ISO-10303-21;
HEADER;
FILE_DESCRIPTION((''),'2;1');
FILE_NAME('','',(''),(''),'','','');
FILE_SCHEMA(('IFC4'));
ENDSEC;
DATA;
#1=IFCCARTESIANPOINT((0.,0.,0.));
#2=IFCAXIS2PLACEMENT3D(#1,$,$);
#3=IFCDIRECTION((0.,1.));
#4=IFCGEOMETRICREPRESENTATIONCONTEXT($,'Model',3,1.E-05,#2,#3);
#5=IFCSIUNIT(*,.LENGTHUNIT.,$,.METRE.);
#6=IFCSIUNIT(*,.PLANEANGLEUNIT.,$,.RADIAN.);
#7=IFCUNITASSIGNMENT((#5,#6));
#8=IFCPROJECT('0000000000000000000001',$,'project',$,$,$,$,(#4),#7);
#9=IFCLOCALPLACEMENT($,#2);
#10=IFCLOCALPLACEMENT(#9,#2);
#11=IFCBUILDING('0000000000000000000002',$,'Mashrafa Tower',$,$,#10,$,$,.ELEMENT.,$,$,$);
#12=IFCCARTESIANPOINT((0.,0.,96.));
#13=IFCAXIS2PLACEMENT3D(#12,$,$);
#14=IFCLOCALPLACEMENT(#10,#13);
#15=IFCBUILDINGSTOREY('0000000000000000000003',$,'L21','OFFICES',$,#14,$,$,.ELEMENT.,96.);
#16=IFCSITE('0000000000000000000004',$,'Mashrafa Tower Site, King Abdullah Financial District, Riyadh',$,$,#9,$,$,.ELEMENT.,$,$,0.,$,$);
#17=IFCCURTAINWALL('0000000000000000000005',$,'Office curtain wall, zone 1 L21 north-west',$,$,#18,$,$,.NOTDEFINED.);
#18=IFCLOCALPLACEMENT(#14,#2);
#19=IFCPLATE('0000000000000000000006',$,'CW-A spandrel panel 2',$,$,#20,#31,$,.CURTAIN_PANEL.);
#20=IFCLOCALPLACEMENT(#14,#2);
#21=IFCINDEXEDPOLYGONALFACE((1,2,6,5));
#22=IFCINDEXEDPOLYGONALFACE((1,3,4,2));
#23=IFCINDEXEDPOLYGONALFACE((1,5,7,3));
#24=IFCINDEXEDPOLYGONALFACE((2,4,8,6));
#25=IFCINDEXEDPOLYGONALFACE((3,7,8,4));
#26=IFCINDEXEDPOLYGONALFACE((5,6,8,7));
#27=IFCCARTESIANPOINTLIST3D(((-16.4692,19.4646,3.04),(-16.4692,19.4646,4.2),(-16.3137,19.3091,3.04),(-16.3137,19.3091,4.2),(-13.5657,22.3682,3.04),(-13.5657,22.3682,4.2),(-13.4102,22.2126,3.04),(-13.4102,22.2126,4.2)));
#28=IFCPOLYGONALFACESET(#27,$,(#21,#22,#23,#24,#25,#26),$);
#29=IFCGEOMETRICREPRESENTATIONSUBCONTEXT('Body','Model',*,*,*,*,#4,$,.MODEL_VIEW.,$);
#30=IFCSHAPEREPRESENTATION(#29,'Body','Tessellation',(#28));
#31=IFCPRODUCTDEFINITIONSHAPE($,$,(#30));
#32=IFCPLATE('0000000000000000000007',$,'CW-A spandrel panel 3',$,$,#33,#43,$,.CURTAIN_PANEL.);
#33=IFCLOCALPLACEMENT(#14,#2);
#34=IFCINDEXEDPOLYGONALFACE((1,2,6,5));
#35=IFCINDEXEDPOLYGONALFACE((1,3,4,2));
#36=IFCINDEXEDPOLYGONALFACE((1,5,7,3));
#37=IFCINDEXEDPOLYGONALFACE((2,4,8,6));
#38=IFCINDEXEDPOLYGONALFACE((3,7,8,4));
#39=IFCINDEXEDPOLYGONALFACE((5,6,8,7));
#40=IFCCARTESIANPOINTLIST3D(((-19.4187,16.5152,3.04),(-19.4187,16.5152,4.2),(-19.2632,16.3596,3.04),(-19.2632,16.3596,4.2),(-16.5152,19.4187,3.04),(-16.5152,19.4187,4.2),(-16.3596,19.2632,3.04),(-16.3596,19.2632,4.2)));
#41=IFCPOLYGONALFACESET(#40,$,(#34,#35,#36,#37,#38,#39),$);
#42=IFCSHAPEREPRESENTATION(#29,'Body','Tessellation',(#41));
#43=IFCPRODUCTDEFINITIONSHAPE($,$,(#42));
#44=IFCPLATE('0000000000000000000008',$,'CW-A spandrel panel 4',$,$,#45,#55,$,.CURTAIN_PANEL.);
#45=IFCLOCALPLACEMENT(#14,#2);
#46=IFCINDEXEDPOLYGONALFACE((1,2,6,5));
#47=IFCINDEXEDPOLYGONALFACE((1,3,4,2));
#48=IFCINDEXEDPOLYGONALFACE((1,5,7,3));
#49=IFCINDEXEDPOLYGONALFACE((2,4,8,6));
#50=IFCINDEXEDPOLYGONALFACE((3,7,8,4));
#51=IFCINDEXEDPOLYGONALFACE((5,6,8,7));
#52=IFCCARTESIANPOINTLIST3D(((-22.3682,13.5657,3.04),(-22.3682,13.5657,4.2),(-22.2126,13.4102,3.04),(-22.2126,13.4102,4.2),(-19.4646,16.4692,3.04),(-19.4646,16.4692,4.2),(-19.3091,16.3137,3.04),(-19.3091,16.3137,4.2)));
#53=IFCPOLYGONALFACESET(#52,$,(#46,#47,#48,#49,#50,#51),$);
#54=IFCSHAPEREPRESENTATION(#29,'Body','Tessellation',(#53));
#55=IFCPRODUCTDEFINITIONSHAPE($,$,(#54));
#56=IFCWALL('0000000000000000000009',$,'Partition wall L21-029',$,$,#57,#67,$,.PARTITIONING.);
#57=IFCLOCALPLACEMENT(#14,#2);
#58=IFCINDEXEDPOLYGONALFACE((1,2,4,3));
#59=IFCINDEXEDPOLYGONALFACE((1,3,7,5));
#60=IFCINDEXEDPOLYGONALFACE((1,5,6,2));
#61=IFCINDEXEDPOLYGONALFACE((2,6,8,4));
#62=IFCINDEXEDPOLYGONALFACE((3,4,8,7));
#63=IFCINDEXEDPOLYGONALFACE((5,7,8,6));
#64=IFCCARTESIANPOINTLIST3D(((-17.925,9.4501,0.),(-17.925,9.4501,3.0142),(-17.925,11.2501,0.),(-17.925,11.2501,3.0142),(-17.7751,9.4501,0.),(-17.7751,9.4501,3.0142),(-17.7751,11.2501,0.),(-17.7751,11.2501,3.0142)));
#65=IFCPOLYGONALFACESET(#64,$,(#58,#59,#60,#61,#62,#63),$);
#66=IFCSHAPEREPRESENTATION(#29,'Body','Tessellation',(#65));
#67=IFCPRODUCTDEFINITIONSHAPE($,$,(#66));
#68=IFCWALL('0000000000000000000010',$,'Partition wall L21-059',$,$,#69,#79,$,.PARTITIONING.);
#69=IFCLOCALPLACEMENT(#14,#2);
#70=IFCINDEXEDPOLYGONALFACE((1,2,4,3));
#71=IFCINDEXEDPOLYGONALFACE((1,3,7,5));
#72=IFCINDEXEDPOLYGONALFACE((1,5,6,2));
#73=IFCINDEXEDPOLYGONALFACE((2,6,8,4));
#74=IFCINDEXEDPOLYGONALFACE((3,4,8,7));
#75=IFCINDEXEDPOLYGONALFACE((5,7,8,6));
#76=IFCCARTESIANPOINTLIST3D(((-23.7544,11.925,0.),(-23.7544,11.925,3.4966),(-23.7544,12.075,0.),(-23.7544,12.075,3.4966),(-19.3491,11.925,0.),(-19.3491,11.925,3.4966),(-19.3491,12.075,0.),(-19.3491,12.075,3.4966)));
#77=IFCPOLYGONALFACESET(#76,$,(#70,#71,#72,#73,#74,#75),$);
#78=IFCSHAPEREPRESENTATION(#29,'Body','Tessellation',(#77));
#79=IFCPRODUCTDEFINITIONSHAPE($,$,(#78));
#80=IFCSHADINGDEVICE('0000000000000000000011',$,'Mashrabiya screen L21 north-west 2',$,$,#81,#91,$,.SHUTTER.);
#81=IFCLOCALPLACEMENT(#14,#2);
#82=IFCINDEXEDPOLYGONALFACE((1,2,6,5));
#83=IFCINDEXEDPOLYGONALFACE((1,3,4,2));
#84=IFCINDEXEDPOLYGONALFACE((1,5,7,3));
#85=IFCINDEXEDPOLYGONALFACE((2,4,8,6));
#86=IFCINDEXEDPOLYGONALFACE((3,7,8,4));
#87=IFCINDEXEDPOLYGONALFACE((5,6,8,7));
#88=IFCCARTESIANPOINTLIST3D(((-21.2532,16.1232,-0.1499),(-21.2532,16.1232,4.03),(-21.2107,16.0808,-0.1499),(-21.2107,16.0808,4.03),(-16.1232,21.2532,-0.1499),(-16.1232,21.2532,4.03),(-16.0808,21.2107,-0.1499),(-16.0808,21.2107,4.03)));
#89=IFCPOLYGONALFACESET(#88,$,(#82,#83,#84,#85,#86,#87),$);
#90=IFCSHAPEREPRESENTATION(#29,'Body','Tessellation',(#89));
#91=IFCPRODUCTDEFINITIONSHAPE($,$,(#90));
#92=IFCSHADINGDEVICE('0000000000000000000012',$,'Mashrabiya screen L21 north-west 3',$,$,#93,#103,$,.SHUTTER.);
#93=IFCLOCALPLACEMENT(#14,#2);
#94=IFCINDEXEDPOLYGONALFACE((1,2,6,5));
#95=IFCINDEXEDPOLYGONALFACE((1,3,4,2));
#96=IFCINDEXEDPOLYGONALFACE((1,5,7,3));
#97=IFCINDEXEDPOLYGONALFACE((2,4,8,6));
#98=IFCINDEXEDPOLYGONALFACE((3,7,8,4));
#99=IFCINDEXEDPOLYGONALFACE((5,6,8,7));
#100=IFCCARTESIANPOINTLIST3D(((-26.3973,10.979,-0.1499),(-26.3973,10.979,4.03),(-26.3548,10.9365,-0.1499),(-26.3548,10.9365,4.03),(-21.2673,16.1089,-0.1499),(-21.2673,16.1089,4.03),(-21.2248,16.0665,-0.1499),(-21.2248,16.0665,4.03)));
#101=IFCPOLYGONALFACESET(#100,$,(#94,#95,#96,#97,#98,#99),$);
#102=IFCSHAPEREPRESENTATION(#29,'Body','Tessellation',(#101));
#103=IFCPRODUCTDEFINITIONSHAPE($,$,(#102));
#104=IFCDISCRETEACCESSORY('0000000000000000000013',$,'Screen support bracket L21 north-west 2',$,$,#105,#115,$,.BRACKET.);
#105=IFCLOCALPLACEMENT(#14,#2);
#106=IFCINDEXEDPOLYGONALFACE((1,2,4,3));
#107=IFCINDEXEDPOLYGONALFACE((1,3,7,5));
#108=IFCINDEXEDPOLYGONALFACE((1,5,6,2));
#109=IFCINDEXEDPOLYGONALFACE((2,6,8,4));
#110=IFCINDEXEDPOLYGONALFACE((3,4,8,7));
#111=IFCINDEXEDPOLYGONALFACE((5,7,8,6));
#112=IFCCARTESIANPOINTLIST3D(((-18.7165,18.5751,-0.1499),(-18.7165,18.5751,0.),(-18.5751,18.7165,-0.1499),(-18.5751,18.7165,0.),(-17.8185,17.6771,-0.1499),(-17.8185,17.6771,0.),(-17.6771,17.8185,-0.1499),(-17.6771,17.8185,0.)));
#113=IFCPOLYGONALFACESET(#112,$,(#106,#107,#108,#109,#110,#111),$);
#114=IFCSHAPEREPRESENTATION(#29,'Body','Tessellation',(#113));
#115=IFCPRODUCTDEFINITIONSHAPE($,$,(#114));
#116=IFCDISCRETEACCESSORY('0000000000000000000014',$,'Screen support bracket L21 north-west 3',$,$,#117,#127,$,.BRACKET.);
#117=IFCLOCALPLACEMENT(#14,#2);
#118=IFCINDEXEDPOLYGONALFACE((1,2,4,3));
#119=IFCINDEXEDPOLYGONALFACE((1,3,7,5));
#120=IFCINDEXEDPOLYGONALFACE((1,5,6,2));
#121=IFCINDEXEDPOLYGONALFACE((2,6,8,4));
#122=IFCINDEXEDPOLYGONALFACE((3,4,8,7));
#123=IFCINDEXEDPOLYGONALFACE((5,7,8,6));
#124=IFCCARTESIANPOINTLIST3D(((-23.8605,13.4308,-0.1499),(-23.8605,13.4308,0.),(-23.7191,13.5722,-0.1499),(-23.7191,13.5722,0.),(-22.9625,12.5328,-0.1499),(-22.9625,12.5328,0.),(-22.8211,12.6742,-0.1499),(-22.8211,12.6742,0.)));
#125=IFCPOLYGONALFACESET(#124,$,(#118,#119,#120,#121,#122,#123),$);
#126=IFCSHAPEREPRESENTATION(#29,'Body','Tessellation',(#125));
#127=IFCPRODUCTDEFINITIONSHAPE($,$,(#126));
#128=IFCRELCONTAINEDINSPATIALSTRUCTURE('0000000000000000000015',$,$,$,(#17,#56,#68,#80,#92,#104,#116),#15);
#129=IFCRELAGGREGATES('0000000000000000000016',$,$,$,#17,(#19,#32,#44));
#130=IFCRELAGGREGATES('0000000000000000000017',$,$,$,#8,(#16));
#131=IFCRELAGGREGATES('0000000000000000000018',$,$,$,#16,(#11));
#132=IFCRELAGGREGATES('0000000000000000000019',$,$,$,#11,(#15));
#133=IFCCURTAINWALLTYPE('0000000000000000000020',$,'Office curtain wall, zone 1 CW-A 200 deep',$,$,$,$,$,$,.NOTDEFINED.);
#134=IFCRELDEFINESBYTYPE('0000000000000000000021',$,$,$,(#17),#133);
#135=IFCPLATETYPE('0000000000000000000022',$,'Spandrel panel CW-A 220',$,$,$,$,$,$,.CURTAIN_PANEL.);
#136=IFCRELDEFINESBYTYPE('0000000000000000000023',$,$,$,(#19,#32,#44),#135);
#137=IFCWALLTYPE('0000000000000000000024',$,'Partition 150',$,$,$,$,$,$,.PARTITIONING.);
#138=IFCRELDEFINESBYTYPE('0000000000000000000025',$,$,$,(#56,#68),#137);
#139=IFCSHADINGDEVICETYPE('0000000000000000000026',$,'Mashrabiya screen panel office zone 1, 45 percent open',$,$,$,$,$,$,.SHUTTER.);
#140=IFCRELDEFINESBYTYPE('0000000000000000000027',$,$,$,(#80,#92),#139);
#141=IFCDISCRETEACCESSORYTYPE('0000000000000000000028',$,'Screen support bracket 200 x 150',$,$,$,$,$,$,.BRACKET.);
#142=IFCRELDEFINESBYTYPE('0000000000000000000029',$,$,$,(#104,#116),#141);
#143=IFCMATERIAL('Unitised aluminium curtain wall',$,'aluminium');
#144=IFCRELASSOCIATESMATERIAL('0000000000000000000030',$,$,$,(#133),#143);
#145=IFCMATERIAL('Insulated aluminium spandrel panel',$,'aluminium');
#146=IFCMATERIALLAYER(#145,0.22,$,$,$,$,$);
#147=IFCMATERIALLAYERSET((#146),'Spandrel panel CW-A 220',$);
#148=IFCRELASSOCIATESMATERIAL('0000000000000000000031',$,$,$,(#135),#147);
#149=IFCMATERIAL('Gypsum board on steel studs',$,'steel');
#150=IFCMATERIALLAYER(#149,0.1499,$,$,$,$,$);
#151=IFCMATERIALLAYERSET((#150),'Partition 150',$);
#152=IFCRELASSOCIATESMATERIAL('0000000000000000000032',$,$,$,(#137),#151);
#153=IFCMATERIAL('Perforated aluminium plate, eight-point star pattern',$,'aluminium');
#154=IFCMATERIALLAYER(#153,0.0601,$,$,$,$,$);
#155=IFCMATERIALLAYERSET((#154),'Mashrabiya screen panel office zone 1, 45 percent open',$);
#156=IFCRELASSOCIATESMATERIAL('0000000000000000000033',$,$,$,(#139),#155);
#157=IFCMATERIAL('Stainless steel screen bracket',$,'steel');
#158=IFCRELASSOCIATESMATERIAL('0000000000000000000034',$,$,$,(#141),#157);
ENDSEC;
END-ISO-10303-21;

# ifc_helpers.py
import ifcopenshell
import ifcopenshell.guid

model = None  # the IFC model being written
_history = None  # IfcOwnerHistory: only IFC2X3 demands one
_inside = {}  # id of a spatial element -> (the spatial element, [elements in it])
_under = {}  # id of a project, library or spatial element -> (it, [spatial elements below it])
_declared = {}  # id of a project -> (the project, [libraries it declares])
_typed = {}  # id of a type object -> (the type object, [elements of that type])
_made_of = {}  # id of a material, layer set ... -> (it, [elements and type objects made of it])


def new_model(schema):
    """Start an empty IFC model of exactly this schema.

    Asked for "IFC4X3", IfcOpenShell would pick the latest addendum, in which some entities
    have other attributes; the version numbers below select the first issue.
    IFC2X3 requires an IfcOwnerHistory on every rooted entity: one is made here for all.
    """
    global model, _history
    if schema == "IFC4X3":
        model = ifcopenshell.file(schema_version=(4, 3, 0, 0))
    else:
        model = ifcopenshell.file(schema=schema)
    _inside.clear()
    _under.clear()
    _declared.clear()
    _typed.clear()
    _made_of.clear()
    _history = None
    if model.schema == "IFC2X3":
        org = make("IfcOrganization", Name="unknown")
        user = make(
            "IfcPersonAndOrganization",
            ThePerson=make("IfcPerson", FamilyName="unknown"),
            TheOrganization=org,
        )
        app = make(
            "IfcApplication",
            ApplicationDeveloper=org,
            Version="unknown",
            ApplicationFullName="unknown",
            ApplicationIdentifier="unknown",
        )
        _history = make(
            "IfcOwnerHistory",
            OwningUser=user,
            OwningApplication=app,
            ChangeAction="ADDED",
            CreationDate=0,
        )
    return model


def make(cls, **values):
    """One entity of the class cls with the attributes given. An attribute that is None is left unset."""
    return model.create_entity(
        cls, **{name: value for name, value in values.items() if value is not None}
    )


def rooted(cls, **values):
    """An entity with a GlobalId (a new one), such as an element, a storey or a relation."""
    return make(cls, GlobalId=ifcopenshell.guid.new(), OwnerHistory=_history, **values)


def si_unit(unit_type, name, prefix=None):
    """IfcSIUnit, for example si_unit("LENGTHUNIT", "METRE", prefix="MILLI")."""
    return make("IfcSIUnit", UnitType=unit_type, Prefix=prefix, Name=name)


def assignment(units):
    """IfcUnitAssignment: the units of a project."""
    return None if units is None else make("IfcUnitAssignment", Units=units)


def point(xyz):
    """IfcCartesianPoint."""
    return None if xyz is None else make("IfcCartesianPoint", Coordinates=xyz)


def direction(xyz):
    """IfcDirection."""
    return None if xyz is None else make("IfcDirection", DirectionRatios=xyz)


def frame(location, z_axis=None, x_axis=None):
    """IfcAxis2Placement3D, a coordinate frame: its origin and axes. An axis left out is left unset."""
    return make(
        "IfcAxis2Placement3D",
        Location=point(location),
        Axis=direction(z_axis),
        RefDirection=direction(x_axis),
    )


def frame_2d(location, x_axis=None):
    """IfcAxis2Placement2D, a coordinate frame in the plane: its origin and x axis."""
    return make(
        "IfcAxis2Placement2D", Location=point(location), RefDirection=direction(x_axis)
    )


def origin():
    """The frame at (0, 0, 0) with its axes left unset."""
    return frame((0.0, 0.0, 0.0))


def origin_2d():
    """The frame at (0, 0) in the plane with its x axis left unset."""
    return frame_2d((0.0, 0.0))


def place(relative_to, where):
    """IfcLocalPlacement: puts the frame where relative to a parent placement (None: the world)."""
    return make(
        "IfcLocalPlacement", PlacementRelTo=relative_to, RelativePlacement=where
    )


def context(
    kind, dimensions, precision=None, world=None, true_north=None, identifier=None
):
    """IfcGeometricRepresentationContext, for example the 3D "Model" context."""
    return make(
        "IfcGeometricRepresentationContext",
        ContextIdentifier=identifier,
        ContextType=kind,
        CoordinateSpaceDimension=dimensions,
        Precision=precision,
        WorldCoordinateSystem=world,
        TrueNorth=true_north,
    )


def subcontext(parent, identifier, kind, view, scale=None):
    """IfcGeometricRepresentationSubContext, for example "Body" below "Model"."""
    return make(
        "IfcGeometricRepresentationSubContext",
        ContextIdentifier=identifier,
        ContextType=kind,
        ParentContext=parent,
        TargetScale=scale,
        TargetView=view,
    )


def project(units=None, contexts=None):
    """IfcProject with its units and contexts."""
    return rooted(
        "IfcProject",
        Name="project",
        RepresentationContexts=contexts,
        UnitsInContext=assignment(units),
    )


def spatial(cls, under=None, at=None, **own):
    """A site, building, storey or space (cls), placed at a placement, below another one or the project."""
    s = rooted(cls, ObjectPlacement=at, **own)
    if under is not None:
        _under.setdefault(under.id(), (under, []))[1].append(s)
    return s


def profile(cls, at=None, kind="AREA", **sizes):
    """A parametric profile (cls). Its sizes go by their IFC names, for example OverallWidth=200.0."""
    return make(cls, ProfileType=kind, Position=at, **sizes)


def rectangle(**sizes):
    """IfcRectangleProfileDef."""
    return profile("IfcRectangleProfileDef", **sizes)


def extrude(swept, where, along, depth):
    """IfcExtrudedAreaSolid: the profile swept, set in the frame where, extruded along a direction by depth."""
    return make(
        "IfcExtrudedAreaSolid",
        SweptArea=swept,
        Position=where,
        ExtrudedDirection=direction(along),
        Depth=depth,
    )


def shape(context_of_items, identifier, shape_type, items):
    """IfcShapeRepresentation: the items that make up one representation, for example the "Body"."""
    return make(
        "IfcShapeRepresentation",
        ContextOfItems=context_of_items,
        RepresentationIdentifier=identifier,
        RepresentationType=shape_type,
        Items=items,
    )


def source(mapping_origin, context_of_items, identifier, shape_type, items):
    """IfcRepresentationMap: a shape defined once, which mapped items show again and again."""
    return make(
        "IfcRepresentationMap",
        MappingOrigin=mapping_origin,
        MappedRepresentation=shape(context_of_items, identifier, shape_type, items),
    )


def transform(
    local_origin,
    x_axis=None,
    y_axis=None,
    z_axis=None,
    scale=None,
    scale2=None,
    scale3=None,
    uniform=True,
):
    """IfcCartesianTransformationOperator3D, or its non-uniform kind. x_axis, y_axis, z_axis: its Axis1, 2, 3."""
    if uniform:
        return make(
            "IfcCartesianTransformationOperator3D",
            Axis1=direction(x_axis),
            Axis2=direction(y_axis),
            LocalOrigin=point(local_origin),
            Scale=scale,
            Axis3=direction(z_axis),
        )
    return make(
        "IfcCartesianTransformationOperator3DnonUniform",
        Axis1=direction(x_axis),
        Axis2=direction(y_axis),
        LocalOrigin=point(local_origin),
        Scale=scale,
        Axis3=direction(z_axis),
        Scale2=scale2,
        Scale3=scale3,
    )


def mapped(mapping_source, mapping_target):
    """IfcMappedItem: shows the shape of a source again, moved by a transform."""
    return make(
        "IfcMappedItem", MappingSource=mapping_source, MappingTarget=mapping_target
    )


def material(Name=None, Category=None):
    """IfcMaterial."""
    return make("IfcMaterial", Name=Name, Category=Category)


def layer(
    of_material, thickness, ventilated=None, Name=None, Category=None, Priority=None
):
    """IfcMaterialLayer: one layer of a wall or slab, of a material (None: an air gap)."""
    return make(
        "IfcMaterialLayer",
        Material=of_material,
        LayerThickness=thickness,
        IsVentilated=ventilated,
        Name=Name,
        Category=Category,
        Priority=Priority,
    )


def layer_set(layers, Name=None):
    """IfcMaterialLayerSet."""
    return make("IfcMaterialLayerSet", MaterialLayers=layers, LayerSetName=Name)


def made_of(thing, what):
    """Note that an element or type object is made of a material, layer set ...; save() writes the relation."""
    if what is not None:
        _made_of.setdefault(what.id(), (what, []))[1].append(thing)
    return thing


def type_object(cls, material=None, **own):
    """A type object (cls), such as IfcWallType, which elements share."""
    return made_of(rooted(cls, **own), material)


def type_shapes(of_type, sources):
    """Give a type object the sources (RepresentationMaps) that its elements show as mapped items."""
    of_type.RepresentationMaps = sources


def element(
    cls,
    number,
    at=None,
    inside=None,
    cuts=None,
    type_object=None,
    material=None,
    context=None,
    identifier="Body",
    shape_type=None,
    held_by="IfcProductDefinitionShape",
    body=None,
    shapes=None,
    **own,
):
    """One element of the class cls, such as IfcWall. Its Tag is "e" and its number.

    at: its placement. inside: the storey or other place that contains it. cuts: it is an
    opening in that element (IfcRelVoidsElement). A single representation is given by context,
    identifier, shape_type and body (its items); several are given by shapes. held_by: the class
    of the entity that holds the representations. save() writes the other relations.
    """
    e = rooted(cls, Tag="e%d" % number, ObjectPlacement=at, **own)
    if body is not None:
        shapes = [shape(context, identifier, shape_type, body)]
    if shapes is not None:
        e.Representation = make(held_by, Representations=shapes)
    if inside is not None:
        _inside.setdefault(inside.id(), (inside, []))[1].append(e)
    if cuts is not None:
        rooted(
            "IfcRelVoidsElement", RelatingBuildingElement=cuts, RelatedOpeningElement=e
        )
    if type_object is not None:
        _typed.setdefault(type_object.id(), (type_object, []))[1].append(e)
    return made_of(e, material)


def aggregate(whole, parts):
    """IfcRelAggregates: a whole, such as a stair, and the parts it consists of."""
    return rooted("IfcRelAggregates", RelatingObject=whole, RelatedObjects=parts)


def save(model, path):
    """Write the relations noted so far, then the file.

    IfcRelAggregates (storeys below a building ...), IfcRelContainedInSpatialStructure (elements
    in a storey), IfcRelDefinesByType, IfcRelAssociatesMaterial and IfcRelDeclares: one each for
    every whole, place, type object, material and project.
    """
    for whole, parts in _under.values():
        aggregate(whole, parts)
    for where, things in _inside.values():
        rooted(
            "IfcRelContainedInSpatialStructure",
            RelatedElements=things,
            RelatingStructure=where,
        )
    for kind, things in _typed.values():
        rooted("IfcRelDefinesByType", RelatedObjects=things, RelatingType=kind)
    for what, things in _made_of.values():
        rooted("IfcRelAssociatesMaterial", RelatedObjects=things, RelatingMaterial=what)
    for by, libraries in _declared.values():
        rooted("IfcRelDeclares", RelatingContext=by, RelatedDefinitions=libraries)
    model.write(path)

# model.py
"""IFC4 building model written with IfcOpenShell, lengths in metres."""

from ifc_helpers import new_model, si_unit, direction, frame, frame_2d, origin, origin_2d, place, context, subcontext, project, spatial, rectangle, extrude, source, transform, mapped, material, layer, layer_set, type_object, type_shapes, element, aggregate, save


model = new_model("IFC4")

# Units and contexts
model_context = context("Model", 3, precision=1e-05, world=origin(), true_north=direction((0.0, 1.0)))
body_context = subcontext(model_context, "Body", "Model", "MODEL_VIEW")
ifc_project = project(units=[si_unit("LENGTHUNIT", "METRE"), si_unit("PLANEANGLEUNIT", "RADIAN")], contexts=[model_context])

# Site, building, storey
site_placement = place(None, origin())
site = spatial("IfcSite", under=ifc_project, at=site_placement, Name="Mashrafa Tower Site, King Abdullah Financial District, Riyadh", CompositionType="ELEMENT", RefElevation=0.0)
building_placement = place(site_placement, origin())
building = spatial("IfcBuilding", under=site, at=building_placement, Name="Mashrafa Tower", CompositionType="ELEMENT")
storey_placement = place(building_placement, frame((0.0, 0.0, 96.0)))
storey = spatial("IfcBuildingStorey", under=building, at=storey_placement, Name="L21", Description="OFFICES", CompositionType="ELEMENT", Elevation=96.0)

# Curtain wall
ifc_material_1 = material(Name="Unitised aluminium curtain wall", Category="aluminium")
curtain_wall_type = type_object("IfcCurtainWallType", Name="Office curtain wall, zone 1 CW-A 200 deep", PredefinedType="NOTDEFINED", material=ifc_material_1)
curtain_wall_1_placement = place(storey_placement, origin())
curtain_wall_1 = element("IfcCurtainWall", 1, at=curtain_wall_1_placement, inside=storey, type_object=curtain_wall_type, Name="Office curtain wall, zone 1 L21 north-west", PredefinedType="NOTDEFINED")

# Plates
ifc_material_2 = material(Name="Insulated aluminium spandrel panel", Category="aluminium")
ifc_layer_1 = layer(ifc_material_2, 0.22)
ifc_layer_set_1 = layer_set([ifc_layer_1], Name="Spandrel panel CW-A 220")
plate_type_1 = type_object("IfcPlateType", Name="Spandrel panel CW-A 220", PredefinedType="CURTAIN_PANEL", material=ifc_layer_set_1)
shared_shape_1 = source(origin(), body_context, "Body", "SweptSolid", [
    extrude(rectangle(XDim=4.1062, YDim=0.22, at=origin_2d()), origin(), (0.0, 0.0, 1.0), 1.1599),
])
plate_1_placement = place(storey_placement, frame((-14.9397, 20.8386, 3.04), z_axis=(0.0, 0.0, 1.0), x_axis=(-0.707107, -0.707107, 0.0)))
plate_1 = element("IfcPlate", 2, at=plate_1_placement, type_object=plate_type_1, Name="CW-A spandrel panel 2", PredefinedType="CURTAIN_PANEL", context=body_context, shape_type="MappedRepresentation", body=[
    mapped(shared_shape_1, transform((0.0, 0.0, 0.0))),
])
plate_2_placement = place(storey_placement, frame((-17.8892, 17.8892, 3.04), z_axis=(0.0, 0.0, 1.0), x_axis=(-0.707107, -0.707107, 0.0)))
plate_2 = element("IfcPlate", 3, at=plate_2_placement, type_object=plate_type_1, Name="CW-A spandrel panel 3", PredefinedType="CURTAIN_PANEL", context=body_context, shape_type="MappedRepresentation", body=[
    mapped(shared_shape_1, transform((0.0, 0.0, 0.0))),
])
plate_3_placement = place(storey_placement, frame((-20.8386, 14.9397, 3.04), z_axis=(0.0, 0.0, 1.0), x_axis=(-0.707107, -0.707107, 0.0)))
plate_3 = element("IfcPlate", 4, at=plate_3_placement, type_object=plate_type_1, Name="CW-A spandrel panel 4", PredefinedType="CURTAIN_PANEL", context=body_context, shape_type="MappedRepresentation", body=[
    mapped(shared_shape_1, transform((0.0, 0.0, 0.0))),
])
aggregate(curtain_wall_1, [plate_1, plate_2, plate_3])

# Walls
ifc_material_3 = material(Name="Gypsum board on steel studs", Category="steel")
ifc_layer_2 = layer(ifc_material_3, 0.1499)
ifc_layer_set_2 = layer_set([ifc_layer_2], Name="Partition 150")
wall_type = type_object("IfcWallType", Name="Partition 150", PredefinedType="PARTITIONING", material=ifc_layer_set_2)
wall_1_placement = place(storey_placement, frame((-17.8501, 11.25, 0.0), z_axis=(0.0, 0.0, 1.0), x_axis=(0.0, -1.0, 0.0)))
element("IfcWall", 5, at=wall_1_placement, inside=storey, type_object=wall_type, Name="Partition wall L21-029", PredefinedType="PARTITIONING", context=body_context, shape_type="SweptSolid", body=[
    extrude(rectangle(XDim=1.8, YDim=0.1499, at=frame_2d((0.8999, 0.0))), origin(), (0.0, 0.0, 1.0), 3.0142),
])
wall_2_placement = place(storey_placement, frame((-19.3491, 12.0, 0.0), z_axis=(0.0, 0.0, 1.0), x_axis=(-1.0, 0.0, 0.0)))
element("IfcWall", 6, at=wall_2_placement, inside=storey, type_object=wall_type, Name="Partition wall L21-059", PredefinedType="PARTITIONING", context=body_context, shape_type="SweptSolid", body=[
    extrude(rectangle(XDim=4.4053, YDim=0.1499, at=frame_2d((2.2026, 0.0))), origin(), (0.0, 0.0, 1.0), 3.4966),
])

# Shading devices
ifc_material_4 = material(Name="Perforated aluminium plate, eight-point star pattern", Category="aluminium")
ifc_layer_3 = layer(ifc_material_4, 0.0601)
ifc_layer_set_3 = layer_set([ifc_layer_3], Name="Mashrabiya screen panel office zone 1, 45 percent open")
shading_device_type = type_object("IfcShadingDeviceType", Name="Mashrabiya screen panel office zone 1, 45 percent open", PredefinedType="SHUTTER", material=ifc_layer_set_3)
shared_shape_2 = source(origin(), body_context, "Body", "SweptSolid", [
    extrude(rectangle(XDim=7.2549, YDim=0.0601, at=origin_2d()), origin(), (0.0, 0.0, 1.0), 4.1799),
])
type_shapes(shading_device_type, [shared_shape_2])
for number, where, z_axis, x_axis, name in (
    (7, (-18.667, 18.667, -0.1499), (0.0, 0.0, 1.0), (-0.707107, -0.707107, 0.0), "Mashrabiya screen L21 north-west 2"),
    (8, (-23.811, 13.5227, -0.1499), (0.0, 0.0, 1.0), (-0.707107, -0.707107, 0.0), "Mashrabiya screen L21 north-west 3"),
):
    element("IfcShadingDevice", number, at=place(storey_placement, frame(where, z_axis=z_axis, x_axis=x_axis)), inside=storey, type_object=shading_device_type, Name=name, PredefinedType="SHUTTER", context=body_context, shape_type="MappedRepresentation", body=[
        mapped(shared_shape_2, transform((0.0, 0.0, 0.0))),
    ])

# Discrete accessories
ifc_material_5 = material(Name="Stainless steel screen bracket", Category="steel")
discrete_accessory_type = type_object("IfcDiscreteAccessoryType", Name="Screen support bracket 200 x 150", PredefinedType="BRACKET", material=ifc_material_5)
shared_shape_3 = source(origin(), body_context, "Body", "SweptSolid", [
    extrude(rectangle(XDim=0.2, YDim=1.27, at=origin_2d()), origin(), (0.0, 0.0, 1.0), 0.1499),
])
type_shapes(discrete_accessory_type, [shared_shape_3])
for number, where, z_axis, x_axis, name in (
    (9, (-18.1968, 18.1968, -0.1499), (0.0, 0.0, 1.0), (-0.707107, -0.707107, 0.0), "Screen support bracket L21 north-west 2"),
    (10, (-23.3408, 13.0525, -0.1499), (0.0, 0.0, 1.0), (-0.707107, -0.707107, 0.0), "Screen support bracket L21 north-west 3"),
):
    element("IfcDiscreteAccessory", number, at=place(storey_placement, frame(where, z_axis=z_axis, x_axis=x_axis)), inside=storey, type_object=discrete_accessory_type, Name=name, PredefinedType="BRACKET", context=body_context, shape_type="MappedRepresentation", body=[
        mapped(shared_shape_3, transform((0.0, 0.0, 0.0))),
    ])

save(model, "model.ifc")
